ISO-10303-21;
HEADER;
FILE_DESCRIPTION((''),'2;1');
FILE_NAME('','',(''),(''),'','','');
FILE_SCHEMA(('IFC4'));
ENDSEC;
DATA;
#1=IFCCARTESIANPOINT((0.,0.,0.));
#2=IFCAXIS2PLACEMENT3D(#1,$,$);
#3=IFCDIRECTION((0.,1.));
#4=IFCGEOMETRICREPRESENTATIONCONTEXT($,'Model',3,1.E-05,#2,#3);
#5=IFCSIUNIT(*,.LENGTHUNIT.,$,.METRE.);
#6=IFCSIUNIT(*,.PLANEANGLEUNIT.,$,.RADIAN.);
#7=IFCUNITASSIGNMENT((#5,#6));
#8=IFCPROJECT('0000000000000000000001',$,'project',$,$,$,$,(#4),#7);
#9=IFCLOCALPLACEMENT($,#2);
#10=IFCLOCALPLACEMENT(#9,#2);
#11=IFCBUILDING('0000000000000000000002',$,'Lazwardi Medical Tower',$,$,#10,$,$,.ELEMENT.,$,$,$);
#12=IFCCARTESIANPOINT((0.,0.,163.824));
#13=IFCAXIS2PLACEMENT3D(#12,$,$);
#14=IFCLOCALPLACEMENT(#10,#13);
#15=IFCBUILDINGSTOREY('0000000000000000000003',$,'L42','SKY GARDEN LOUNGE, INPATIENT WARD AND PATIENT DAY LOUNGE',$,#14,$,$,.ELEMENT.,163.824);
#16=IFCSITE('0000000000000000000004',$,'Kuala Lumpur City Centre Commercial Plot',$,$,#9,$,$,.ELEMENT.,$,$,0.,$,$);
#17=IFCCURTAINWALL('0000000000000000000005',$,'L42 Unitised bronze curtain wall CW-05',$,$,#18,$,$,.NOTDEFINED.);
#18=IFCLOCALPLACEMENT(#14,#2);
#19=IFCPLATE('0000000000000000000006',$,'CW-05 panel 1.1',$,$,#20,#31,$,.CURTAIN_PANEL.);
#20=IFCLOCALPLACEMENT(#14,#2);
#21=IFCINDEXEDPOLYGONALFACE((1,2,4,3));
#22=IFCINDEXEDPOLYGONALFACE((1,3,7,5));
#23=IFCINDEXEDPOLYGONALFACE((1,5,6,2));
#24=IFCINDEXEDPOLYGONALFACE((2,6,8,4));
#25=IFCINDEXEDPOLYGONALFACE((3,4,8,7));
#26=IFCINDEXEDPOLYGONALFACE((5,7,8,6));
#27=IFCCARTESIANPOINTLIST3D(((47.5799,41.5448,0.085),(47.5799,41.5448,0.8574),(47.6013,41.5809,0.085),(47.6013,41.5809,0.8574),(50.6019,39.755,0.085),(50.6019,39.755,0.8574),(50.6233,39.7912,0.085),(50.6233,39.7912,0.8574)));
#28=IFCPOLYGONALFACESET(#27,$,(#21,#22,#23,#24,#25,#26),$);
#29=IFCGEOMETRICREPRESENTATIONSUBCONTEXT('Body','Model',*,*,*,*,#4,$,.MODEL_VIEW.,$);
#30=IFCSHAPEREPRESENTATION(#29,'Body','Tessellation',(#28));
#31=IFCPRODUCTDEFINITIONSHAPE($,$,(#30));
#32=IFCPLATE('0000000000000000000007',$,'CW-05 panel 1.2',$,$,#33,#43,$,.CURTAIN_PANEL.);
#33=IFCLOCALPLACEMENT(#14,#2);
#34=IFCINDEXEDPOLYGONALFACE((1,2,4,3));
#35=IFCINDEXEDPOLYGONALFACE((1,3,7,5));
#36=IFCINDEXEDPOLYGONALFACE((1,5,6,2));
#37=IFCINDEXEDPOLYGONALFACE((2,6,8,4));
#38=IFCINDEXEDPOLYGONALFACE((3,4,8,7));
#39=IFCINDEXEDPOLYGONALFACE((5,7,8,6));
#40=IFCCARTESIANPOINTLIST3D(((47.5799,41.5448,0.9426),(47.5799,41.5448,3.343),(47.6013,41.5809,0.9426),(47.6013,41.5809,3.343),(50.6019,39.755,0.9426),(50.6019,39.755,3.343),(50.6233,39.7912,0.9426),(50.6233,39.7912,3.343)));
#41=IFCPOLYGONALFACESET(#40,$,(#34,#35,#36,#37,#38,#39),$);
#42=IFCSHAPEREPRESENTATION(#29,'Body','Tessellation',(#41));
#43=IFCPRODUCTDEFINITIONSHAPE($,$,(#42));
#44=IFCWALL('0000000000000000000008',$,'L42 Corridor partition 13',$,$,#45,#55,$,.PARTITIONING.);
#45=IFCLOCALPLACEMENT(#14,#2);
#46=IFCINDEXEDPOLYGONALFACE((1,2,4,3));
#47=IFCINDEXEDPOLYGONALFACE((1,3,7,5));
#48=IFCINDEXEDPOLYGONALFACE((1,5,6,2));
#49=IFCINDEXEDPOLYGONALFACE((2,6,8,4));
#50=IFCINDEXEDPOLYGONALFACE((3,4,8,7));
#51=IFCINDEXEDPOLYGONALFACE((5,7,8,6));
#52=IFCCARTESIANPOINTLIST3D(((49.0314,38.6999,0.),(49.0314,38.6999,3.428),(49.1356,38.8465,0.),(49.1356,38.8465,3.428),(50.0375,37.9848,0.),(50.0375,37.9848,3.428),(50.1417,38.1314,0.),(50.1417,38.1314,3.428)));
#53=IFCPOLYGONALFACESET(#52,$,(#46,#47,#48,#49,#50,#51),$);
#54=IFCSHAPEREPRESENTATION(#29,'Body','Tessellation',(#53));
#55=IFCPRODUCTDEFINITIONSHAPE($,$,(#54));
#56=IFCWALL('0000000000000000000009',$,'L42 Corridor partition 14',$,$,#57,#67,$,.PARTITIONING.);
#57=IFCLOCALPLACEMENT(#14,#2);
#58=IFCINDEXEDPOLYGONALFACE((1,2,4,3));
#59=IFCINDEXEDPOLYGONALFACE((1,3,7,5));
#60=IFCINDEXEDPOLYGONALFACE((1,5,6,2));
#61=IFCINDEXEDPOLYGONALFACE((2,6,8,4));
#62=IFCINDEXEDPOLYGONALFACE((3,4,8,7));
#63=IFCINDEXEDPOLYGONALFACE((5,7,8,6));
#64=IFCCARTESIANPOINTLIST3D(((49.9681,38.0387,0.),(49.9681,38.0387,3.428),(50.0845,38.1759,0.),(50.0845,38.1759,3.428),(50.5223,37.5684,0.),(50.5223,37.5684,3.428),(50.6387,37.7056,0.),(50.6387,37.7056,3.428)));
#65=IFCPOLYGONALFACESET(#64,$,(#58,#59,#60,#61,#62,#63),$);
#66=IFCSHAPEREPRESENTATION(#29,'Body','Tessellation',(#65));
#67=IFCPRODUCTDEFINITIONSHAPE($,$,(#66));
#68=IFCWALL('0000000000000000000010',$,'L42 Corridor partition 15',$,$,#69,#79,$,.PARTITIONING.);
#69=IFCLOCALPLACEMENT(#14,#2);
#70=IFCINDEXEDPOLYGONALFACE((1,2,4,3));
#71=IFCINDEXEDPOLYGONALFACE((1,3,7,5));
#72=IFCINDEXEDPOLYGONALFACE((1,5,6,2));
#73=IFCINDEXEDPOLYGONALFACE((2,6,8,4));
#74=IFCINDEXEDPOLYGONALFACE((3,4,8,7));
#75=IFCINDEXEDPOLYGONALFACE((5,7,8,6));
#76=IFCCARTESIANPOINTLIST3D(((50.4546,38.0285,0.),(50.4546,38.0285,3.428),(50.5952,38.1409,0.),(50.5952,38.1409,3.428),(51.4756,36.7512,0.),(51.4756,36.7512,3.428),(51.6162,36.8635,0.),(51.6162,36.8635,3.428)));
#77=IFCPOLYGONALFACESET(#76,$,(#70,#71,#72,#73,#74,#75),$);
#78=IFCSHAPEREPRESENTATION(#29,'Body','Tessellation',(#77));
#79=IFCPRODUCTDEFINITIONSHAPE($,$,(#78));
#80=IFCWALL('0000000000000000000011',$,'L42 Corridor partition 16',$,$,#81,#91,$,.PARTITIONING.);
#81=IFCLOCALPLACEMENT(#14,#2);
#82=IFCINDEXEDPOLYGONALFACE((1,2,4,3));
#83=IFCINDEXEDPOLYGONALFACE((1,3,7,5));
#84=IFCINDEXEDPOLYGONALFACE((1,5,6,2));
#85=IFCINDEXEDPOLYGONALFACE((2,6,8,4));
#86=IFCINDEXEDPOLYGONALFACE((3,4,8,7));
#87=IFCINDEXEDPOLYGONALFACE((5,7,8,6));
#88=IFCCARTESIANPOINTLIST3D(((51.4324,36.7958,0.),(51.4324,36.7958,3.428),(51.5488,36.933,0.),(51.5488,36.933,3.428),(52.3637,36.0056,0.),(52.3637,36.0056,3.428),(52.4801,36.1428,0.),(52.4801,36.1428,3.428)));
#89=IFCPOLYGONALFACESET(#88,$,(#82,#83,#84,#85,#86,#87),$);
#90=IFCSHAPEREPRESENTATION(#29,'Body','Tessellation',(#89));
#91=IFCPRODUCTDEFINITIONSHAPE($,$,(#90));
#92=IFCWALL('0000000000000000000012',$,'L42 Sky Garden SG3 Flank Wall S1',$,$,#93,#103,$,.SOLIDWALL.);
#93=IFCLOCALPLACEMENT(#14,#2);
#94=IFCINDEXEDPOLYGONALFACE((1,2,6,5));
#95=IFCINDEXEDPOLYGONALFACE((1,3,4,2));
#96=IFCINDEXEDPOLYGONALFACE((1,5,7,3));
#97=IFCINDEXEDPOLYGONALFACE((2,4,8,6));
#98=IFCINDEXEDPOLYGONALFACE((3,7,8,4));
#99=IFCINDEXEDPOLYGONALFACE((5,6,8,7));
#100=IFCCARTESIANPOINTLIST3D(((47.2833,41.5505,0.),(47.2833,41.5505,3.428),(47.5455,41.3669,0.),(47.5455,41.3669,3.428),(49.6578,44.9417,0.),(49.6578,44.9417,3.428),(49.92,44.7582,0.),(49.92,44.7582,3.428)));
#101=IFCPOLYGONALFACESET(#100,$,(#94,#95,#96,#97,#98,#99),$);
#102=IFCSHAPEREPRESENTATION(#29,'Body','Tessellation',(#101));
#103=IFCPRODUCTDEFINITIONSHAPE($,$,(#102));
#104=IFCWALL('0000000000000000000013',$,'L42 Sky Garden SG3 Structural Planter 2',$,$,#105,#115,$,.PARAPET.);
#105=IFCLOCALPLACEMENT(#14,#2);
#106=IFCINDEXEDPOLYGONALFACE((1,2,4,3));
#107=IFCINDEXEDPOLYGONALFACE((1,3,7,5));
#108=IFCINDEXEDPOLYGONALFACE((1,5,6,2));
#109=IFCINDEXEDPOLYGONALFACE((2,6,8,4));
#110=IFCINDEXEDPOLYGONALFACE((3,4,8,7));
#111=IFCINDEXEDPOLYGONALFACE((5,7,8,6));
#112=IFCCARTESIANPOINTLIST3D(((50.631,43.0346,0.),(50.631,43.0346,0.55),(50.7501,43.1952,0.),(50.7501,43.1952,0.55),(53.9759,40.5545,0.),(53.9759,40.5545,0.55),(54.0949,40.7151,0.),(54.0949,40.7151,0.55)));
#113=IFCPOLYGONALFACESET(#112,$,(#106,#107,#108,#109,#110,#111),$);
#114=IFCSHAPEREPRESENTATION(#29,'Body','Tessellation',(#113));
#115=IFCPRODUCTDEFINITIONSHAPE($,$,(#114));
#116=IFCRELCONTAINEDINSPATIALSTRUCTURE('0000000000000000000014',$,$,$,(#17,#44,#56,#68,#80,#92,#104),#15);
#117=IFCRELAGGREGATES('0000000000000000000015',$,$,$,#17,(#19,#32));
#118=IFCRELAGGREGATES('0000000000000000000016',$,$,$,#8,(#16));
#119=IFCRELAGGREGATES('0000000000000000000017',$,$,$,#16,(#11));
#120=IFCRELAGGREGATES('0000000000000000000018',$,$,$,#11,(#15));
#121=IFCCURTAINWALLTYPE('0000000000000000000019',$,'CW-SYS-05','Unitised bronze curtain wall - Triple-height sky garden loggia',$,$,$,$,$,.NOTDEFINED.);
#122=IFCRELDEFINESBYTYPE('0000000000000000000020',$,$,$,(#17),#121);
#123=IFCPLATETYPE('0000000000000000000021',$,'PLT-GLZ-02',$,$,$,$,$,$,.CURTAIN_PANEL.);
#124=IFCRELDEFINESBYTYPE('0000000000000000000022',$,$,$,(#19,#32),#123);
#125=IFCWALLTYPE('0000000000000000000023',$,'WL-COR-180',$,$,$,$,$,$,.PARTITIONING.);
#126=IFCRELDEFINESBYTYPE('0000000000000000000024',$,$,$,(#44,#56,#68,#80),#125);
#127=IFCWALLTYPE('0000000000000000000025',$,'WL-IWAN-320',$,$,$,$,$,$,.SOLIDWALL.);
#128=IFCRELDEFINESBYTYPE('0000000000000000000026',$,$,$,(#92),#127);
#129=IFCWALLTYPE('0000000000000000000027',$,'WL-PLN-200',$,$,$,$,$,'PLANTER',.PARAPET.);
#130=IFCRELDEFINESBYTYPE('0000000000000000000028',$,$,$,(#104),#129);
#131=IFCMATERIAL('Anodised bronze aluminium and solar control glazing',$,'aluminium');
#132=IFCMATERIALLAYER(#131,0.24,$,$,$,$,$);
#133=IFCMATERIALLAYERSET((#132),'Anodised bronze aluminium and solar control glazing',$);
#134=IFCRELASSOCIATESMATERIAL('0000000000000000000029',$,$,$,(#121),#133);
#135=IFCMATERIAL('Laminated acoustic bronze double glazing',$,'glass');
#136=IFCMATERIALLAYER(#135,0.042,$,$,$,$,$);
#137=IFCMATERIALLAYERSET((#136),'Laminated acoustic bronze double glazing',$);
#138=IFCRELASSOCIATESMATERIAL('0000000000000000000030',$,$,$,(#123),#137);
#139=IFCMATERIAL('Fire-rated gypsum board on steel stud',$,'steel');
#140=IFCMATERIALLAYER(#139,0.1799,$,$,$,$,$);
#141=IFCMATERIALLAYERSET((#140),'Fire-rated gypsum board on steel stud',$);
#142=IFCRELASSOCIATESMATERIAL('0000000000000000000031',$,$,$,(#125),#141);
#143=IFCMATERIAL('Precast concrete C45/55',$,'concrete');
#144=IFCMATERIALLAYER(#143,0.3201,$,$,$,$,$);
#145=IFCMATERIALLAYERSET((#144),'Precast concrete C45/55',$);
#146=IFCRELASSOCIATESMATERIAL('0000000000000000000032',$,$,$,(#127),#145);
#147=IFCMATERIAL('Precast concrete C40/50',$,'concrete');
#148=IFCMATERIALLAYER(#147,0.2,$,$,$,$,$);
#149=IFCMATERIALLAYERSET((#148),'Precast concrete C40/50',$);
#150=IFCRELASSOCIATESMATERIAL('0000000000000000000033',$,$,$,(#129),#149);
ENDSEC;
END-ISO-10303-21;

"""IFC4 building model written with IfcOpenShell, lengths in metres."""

from ifc_helpers import new_model, si_unit, direction, frame, frame_2d, origin, origin_2d, place, context, subcontext, project, spatial, rectangle, extrude, material, layer, layer_set, type_object, element, aggregate, save


model = new_model("IFC4")

# Units and contexts
model_context = context("Model", 3, precision=1e-05, world=origin(), true_north=direction((0.0, 1.0)))
body_context = subcontext(model_context, "Body", "Model", "MODEL_VIEW")
ifc_project = project(units=[si_unit("LENGTHUNIT", "METRE"), si_unit("PLANEANGLEUNIT", "RADIAN")], contexts=[model_context])

# Site, building, storey
site_placement = place(None, origin())
site = spatial("IfcSite", under=ifc_project, at=site_placement, Name="Kuala Lumpur City Centre Commercial Plot", CompositionType="ELEMENT", RefElevation=0.0)
building_placement = place(site_placement, origin())
building = spatial("IfcBuilding", under=site, at=building_placement, Name="Lazwardi Medical Tower", CompositionType="ELEMENT")
storey_placement = place(building_placement, frame((0.0, 0.0, 163.824)))
storey = spatial("IfcBuildingStorey", under=building, at=storey_placement, Name="L42", Description="SKY GARDEN LOUNGE, INPATIENT WARD AND PATIENT DAY LOUNGE", CompositionType="ELEMENT", Elevation=163.824)

# Curtain wall
ifc_material_1 = material(Name="Anodised bronze aluminium and solar control glazing", Category="aluminium")
ifc_layer_1 = layer(ifc_material_1, 0.24)
ifc_layer_set_1 = layer_set([ifc_layer_1], Name="Anodised bronze aluminium and solar control glazing")
curtain_wall_type_1 = type_object("IfcCurtainWallType", Name="CW-SYS-05", Description="Unitised bronze curtain wall - Triple-height sky garden loggia", PredefinedType="NOTDEFINED", material=ifc_layer_set_1)
curtain_wall_1_placement = place(storey_placement, origin())
curtain_wall_1 = element("IfcCurtainWall", 1, at=curtain_wall_1_placement, inside=storey, type_object=curtain_wall_type_1, Name="L42 Unitised bronze curtain wall CW-05", PredefinedType="NOTDEFINED")

# Plates
ifc_material_2 = material(Name="Laminated acoustic bronze double glazing", Category="glass")
ifc_layer_2 = layer(ifc_material_2, 0.042)
ifc_layer_set_2 = layer_set([ifc_layer_2], Name="Laminated acoustic bronze double glazing")
plate_type = type_object("IfcPlateType", Name="PLT-GLZ-02", PredefinedType="CURTAIN_PANEL", material=ifc_layer_set_2)
plate_1_placement = place(storey_placement, frame((49.1016, 40.668, 0.085), z_axis=(0.0, 0.0, 1.0), x_axis=(-0.860429, 0.509571, 0.0)))
plate_1 = element("IfcPlate", 2, at=plate_1_placement, type_object=plate_type, Name="CW-05 panel 1.1", PredefinedType="CURTAIN_PANEL", context=body_context, shape_type="SweptSolid", body=[
    extrude(rectangle(XDim=3.5122, YDim=0.042, at=origin_2d()), origin(), (0.0, 0.0, 1.0), 0.7725),
])
plate_2_placement = place(storey_placement, frame((49.1016, 40.668, 0.9426), z_axis=(0.0, 0.0, 1.0), x_axis=(-0.860429, 0.509571, 0.0)))
plate_2 = element("IfcPlate", 3, at=plate_2_placement, type_object=plate_type, Name="CW-05 panel 1.2", PredefinedType="CURTAIN_PANEL", context=body_context, shape_type="SweptSolid", body=[
    extrude(rectangle(XDim=3.5122, YDim=0.042, at=origin_2d()), origin(), (0.0, 0.0, 1.0), 2.4004),
])
aggregate(curtain_wall_1, [plate_1, plate_2])

# Walls
ifc_material_3 = material(Name="Fire-rated gypsum board on steel stud", Category="steel")
ifc_layer_3 = layer(ifc_material_3, 0.1799)
ifc_layer_set_3 = layer_set([ifc_layer_3], Name="Fire-rated gypsum board on steel stud")
wall_type_1 = type_object("IfcWallType", Name="WL-COR-180", PredefinedType="PARTITIONING", material=ifc_layer_set_3)
wall_1_placement = place(storey_placement, frame((49.0835, 38.7732, 0.0), z_axis=(0.0, 0.0, 1.0), x_axis=(0.815094, -0.579328, 0.0)))
element("IfcWall", 4, at=wall_1_placement, inside=storey, type_object=wall_type_1, Name="L42 Corridor partition 13", PredefinedType="PARTITIONING", context=body_context, shape_type="SweptSolid", body=[
    extrude(rectangle(XDim=1.2344, YDim=0.1799, at=frame_2d((0.6172, 0.0))), origin(), (0.0, 0.0, 1.0), 3.428),
])
wall_2_placement = place(storey_placement, frame((50.0264, 38.1072, 0.0), z_axis=(0.0, 0.0, 1.0), x_axis=(0.762519, -0.646966, 0.0)))
element("IfcWall", 5, at=wall_2_placement, inside=storey, type_object=wall_type_1, Name="L42 Corridor partition 14", PredefinedType="PARTITIONING", context=body_context, shape_type="SweptSolid", body=[
    extrude(rectangle(XDim=0.7268, YDim=0.1799, at=frame_2d((0.3633, 0.0))), origin(), (0.0, 0.0, 1.0), 3.428),
])
wall_3_placement = place(storey_placement, frame((50.5249, 38.0847, 0.0), z_axis=(0.0, 0.0, 1.0), x_axis=(0.624367, -0.781131, 0.0)))
element("IfcWall", 6, at=wall_3_placement, inside=storey, type_object=wall_type_1, Name="L42 Corridor partition 15", PredefinedType="PARTITIONING", context=body_context, shape_type="SweptSolid", body=[
    extrude(rectangle(XDim=1.6353, YDim=0.1799, at=frame_2d((0.8176, 0.0))), origin(), (0.0, 0.0, 1.0), 3.428),
])
wall_4_placement = place(storey_placement, frame((51.4905, 36.8645, 0.0), z_axis=(0.0, 0.0, 1.0), x_axis=(0.762506, -0.646981, 0.0)))
element("IfcWall", 7, at=wall_4_placement, inside=storey, type_object=wall_type_1, Name="L42 Corridor partition 16", PredefinedType="PARTITIONING", context=body_context, shape_type="SweptSolid", body=[
    extrude(rectangle(XDim=1.2214, YDim=0.1799, at=frame_2d((0.6108, 0.0))), origin(), (0.0, 0.0, 1.0), 3.428),
])
ifc_material_4 = material(Name="Precast concrete C45/55", Category="concrete")
ifc_layer_4 = layer(ifc_material_4, 0.3201)
ifc_layer_set_4 = layer_set([ifc_layer_4], Name="Precast concrete C45/55")
wall_type_2 = type_object("IfcWallType", Name="WL-IWAN-320", PredefinedType="SOLIDWALL", material=ifc_layer_set_4)
wall_5_placement = place(storey_placement, frame((49.7888, 44.8499, 0.0), z_axis=(0.0, 0.0, 1.0), x_axis=(-0.573553, -0.819168, 0.0)))
element("IfcWall", 8, at=wall_5_placement, inside=storey, type_object=wall_type_2, Name="L42 Sky Garden SG3 Flank Wall S1", PredefinedType="SOLIDWALL", context=body_context, shape_type="SweptSolid", body=[
    extrude(rectangle(XDim=4.1399, YDim=0.3201, at=frame_2d((2.0698, 0.0))), origin(), (0.0, 0.0, 1.0), 3.428),
])
ifc_material_5 = material(Name="Precast concrete C40/50", Category="concrete")
ifc_layer_5 = layer(ifc_material_5, 0.2)
ifc_layer_set_5 = layer_set([ifc_layer_5], Name="Precast concrete C40/50")
wall_type_3 = type_object("IfcWallType", Name="WL-PLN-200", ElementType="PLANTER", PredefinedType="PARAPET", material=ifc_layer_set_5)
wall_6_placement = place(storey_placement, frame((54.0354, 40.6348, 0.0), z_axis=(0.0, 0.0, 1.0), x_axis=(-0.803274, 0.59561, 0.0)))
element("IfcWall", 9, at=wall_6_placement, inside=storey, type_object=wall_type_3, Name="L42 Sky Garden SG3 Structural Planter 2", PredefinedType="PARAPET", context=body_context, shape_type="SweptSolid", body=[
    extrude(rectangle(XDim=4.1641, YDim=0.2, at=frame_2d((2.082, 0.0))), origin(), (0.0, 0.0, 1.0), 0.55),
])

save(model, "model.ifc")
